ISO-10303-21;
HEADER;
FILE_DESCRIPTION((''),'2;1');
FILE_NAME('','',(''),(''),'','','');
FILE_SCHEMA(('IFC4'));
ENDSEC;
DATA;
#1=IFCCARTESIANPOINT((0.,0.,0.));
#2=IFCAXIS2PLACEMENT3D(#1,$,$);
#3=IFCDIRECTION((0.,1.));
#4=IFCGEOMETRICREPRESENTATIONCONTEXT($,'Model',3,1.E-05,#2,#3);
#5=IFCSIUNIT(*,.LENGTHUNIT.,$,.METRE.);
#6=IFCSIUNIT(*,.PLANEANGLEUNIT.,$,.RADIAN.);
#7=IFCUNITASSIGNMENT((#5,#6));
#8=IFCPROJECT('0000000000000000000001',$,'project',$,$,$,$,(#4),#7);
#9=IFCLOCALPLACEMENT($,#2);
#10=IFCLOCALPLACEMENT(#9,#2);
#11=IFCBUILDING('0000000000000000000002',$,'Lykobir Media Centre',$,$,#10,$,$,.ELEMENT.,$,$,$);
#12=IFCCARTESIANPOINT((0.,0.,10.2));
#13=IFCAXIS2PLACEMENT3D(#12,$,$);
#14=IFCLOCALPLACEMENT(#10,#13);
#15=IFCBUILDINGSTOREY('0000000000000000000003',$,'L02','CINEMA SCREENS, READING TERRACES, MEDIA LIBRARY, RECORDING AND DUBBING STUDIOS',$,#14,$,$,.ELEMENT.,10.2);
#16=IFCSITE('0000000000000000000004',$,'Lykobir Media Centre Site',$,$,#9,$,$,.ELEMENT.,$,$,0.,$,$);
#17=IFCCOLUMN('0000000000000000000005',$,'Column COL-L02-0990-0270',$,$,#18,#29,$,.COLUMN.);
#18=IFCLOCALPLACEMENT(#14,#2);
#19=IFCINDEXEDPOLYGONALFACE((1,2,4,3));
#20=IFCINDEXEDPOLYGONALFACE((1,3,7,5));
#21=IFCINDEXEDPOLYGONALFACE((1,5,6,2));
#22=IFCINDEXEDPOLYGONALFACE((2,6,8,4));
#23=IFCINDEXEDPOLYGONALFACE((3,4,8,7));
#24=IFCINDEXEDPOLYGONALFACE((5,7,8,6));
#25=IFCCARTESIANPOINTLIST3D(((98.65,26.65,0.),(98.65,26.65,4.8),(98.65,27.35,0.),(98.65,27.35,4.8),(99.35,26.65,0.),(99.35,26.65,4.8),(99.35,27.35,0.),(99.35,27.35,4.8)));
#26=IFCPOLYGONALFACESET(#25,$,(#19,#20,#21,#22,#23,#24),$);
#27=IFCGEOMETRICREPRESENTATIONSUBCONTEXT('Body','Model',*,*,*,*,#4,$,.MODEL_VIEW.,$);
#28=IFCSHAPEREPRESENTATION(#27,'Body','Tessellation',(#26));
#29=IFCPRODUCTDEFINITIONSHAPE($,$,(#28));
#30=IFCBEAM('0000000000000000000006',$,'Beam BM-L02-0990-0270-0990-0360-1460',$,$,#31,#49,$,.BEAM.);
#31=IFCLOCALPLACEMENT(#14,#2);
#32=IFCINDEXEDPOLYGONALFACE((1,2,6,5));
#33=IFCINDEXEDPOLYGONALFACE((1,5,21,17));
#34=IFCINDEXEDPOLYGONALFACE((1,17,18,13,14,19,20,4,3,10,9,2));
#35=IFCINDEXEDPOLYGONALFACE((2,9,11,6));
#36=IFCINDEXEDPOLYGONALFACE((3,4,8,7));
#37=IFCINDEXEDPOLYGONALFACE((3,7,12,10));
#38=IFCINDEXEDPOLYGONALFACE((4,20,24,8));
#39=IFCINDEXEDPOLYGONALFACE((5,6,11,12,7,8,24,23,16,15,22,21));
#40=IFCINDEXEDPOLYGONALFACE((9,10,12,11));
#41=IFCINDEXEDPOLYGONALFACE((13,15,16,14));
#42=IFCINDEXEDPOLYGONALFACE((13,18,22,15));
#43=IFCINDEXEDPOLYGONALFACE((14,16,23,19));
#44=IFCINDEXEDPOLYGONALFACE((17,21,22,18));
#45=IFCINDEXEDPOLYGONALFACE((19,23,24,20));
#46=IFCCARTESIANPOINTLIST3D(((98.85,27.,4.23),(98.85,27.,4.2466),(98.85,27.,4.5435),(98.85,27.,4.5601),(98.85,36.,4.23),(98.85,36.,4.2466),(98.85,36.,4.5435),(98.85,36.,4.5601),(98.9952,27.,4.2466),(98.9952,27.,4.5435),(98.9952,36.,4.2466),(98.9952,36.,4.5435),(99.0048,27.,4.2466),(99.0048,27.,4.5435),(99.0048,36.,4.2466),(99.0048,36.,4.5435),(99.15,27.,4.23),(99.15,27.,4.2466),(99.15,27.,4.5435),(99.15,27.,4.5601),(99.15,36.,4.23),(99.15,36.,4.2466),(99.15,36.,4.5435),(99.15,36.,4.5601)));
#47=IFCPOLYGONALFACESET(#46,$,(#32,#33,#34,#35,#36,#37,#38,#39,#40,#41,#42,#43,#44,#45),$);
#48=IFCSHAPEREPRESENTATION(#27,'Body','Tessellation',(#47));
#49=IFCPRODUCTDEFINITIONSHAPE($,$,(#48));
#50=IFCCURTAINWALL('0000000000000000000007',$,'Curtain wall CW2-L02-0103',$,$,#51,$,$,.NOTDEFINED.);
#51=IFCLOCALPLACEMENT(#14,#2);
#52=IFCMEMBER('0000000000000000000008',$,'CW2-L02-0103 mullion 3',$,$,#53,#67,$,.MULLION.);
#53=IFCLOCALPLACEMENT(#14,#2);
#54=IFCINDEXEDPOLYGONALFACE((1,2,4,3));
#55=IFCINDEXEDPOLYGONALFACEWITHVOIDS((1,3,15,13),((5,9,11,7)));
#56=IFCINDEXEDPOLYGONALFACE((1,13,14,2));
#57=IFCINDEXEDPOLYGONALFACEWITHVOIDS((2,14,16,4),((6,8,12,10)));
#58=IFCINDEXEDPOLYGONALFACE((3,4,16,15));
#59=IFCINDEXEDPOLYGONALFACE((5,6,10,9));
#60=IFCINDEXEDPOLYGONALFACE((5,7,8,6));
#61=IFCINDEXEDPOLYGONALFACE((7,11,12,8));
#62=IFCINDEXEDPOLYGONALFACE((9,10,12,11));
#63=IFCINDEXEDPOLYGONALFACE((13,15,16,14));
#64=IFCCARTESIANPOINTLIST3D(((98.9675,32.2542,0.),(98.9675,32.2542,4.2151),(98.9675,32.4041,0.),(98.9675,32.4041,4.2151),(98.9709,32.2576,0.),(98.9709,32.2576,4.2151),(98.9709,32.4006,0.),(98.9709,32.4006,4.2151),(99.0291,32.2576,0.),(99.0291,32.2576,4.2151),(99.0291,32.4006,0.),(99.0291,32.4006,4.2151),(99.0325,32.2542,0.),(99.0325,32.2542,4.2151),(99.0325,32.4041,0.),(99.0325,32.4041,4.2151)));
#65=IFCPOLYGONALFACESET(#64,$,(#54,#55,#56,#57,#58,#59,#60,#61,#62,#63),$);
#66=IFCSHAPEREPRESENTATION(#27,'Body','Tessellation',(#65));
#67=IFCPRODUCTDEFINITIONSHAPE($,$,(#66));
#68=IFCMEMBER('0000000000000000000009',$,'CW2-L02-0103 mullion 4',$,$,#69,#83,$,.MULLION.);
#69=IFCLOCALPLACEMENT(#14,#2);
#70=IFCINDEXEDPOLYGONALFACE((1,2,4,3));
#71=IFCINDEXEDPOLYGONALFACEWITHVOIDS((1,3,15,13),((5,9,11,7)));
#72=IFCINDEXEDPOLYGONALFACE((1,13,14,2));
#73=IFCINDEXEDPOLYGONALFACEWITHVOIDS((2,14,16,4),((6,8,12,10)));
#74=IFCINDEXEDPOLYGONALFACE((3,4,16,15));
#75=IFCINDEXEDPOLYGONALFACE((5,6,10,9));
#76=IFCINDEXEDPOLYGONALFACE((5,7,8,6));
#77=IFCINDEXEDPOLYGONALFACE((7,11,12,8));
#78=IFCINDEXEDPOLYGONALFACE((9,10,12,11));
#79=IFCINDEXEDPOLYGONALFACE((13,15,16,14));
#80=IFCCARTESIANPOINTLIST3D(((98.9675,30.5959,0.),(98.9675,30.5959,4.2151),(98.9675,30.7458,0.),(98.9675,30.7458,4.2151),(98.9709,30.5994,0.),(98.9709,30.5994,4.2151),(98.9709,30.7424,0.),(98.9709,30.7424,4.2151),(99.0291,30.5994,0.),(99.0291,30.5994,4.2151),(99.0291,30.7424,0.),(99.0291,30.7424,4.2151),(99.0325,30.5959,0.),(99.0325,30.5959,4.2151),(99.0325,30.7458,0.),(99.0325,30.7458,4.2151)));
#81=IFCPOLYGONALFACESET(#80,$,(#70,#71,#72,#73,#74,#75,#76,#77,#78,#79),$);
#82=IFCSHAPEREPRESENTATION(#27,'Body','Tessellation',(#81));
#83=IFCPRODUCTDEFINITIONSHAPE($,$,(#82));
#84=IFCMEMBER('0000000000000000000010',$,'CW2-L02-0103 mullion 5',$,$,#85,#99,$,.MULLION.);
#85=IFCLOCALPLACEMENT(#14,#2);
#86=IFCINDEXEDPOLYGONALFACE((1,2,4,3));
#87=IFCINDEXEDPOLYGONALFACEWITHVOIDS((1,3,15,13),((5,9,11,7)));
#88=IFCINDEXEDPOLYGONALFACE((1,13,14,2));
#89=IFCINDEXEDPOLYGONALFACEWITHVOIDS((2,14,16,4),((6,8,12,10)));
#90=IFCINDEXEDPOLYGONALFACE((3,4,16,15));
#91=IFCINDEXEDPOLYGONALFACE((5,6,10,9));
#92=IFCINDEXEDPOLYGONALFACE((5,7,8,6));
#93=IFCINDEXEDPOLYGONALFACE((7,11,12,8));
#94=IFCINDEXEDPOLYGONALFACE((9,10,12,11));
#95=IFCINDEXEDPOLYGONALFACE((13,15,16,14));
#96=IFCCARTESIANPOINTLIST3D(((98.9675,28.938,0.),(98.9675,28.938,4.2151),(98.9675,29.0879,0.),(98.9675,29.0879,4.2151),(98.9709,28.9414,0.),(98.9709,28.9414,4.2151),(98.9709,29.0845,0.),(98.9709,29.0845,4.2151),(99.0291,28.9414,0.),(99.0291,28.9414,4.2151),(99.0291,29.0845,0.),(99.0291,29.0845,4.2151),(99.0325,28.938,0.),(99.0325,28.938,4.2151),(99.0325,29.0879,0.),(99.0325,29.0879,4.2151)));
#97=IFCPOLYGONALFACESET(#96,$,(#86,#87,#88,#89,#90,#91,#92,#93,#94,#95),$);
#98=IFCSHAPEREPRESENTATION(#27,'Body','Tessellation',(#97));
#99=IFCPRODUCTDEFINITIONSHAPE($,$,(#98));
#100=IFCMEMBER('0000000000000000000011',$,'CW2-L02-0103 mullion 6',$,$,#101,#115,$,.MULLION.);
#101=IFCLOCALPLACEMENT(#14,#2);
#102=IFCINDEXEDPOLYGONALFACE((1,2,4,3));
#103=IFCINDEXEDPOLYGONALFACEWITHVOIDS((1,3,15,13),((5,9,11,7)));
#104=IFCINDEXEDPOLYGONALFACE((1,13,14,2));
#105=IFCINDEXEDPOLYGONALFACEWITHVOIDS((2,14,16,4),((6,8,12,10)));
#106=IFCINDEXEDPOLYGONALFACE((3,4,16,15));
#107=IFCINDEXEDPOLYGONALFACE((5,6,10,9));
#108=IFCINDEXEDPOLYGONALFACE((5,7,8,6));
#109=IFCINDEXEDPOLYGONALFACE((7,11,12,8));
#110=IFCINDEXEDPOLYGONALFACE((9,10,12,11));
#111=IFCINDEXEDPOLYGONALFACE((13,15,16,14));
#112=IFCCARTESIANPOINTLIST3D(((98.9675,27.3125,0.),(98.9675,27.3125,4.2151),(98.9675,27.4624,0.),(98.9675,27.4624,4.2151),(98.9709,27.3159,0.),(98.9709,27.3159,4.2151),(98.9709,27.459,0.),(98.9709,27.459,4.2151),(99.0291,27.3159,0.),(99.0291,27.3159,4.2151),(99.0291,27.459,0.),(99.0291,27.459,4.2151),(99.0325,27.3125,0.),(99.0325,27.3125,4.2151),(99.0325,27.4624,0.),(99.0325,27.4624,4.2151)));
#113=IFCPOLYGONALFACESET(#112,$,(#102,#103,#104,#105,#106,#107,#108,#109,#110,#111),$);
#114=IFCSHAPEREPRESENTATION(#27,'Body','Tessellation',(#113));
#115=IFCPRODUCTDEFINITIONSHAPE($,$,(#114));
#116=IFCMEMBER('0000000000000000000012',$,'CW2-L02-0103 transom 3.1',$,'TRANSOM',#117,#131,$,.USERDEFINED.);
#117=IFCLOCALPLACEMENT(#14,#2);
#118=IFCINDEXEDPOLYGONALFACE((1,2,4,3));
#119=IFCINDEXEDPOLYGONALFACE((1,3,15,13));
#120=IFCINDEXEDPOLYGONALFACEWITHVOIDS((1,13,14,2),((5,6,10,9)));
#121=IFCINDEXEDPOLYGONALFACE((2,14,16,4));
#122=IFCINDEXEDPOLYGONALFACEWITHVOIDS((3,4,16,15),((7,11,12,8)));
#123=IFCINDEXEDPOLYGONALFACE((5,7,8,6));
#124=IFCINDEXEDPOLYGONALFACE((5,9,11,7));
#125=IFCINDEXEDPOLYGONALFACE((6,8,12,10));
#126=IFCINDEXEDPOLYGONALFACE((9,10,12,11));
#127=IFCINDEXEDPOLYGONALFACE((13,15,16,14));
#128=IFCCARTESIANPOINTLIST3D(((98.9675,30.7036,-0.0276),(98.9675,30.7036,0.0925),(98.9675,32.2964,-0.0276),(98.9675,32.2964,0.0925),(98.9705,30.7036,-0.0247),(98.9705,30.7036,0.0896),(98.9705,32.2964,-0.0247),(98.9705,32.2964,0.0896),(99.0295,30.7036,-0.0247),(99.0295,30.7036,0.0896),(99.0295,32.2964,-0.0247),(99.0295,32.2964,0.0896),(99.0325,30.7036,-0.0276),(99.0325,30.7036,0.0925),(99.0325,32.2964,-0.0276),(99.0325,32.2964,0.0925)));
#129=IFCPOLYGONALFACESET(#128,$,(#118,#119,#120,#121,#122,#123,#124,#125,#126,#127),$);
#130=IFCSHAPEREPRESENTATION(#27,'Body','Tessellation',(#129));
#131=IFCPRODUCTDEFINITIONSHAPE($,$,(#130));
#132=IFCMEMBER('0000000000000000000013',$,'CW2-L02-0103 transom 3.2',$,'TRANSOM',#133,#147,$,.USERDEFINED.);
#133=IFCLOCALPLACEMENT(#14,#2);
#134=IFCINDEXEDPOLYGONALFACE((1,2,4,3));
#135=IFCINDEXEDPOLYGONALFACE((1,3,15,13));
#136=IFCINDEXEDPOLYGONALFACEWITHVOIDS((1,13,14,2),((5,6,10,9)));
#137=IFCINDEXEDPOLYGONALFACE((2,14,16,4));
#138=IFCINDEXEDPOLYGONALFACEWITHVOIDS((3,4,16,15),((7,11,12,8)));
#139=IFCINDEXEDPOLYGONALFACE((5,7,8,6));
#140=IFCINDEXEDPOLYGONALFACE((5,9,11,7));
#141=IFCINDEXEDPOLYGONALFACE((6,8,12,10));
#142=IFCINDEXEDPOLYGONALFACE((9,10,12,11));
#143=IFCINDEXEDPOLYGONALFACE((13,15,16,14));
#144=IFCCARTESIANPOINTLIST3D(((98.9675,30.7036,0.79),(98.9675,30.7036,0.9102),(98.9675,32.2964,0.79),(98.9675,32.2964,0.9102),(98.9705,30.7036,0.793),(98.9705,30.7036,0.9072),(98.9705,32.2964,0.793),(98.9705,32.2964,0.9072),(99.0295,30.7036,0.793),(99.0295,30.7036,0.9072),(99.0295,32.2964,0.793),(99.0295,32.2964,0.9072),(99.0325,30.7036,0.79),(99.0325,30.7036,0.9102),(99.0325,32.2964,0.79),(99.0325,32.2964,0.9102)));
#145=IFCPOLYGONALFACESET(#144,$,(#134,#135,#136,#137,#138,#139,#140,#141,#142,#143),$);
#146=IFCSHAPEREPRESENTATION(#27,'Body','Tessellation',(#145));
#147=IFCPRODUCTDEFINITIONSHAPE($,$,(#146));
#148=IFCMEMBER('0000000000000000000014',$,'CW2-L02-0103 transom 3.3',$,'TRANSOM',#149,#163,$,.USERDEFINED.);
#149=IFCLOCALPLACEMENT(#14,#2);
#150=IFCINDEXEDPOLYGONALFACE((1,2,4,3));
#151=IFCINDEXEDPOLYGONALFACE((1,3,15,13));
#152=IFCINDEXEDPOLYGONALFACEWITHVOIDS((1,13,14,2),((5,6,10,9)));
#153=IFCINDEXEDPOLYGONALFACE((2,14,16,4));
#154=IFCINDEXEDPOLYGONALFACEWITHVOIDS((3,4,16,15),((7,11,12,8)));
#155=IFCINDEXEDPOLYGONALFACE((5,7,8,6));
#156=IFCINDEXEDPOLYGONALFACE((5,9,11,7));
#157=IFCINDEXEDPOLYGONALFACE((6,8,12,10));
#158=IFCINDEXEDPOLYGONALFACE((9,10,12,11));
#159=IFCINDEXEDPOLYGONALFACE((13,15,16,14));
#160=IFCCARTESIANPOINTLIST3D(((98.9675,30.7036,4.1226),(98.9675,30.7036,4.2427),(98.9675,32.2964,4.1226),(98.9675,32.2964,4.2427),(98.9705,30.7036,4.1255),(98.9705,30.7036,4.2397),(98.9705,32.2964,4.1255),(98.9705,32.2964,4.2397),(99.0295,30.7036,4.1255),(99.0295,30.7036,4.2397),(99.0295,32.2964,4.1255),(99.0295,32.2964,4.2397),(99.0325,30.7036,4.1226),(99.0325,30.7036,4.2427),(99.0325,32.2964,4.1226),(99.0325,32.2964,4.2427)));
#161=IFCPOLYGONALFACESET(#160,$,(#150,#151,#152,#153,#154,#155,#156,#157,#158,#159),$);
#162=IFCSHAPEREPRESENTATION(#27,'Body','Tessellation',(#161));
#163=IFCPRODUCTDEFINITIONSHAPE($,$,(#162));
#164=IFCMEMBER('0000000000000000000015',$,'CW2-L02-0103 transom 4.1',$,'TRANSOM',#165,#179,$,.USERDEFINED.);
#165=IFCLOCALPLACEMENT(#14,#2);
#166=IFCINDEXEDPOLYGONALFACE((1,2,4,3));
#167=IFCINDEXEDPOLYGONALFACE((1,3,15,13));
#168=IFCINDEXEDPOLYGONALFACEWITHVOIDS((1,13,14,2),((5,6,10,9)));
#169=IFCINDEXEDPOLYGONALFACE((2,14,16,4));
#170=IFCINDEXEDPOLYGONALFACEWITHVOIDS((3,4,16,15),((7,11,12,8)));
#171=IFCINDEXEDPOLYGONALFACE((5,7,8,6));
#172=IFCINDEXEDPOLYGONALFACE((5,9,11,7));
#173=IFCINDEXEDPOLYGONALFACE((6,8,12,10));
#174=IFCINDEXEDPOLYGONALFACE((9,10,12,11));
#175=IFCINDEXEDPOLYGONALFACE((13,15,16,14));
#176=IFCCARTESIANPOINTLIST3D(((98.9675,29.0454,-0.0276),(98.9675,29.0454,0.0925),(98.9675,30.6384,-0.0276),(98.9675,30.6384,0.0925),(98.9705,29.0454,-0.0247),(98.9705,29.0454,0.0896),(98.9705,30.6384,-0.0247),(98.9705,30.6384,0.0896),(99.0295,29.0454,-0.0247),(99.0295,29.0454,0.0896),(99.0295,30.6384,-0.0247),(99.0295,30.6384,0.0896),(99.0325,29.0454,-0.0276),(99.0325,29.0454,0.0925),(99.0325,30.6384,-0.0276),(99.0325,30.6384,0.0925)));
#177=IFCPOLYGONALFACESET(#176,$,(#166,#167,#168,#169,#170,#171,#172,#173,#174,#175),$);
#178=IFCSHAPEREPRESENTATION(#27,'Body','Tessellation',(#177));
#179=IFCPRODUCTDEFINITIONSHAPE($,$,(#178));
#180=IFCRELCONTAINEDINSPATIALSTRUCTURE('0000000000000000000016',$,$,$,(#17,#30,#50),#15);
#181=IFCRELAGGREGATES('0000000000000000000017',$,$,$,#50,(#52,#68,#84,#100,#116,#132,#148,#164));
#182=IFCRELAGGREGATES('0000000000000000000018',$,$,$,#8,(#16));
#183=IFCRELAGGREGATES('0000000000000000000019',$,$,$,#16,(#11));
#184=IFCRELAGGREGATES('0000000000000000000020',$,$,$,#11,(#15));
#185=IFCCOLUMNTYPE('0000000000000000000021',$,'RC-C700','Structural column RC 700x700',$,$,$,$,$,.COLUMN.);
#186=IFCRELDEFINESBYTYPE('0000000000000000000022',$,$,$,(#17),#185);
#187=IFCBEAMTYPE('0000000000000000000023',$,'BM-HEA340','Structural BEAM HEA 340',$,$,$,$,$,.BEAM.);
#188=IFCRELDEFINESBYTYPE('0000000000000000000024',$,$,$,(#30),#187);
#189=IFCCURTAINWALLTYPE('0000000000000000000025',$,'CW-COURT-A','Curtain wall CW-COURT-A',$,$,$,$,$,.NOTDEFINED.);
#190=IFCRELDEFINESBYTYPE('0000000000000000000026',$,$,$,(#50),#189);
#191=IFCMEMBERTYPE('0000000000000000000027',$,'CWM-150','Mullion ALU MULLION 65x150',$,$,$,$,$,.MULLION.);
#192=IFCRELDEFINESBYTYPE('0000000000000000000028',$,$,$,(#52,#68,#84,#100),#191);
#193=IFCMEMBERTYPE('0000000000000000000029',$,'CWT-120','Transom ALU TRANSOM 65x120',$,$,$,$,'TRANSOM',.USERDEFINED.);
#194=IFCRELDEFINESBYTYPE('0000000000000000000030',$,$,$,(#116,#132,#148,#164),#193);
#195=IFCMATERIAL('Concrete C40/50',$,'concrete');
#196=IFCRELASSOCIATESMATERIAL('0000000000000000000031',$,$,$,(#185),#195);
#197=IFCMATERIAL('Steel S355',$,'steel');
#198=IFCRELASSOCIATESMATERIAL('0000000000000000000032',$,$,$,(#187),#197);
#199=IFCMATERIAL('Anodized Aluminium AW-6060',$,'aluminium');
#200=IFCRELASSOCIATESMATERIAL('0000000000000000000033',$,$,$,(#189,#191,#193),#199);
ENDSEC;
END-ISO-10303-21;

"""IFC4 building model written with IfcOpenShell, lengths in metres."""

from ifc_helpers import new_model, si_unit, direction, frame, origin, origin_2d, place, context, subcontext, project, spatial, rectangle, hollow_rectangle, i_section, extrude, material, material_profile, profile_set, type_object, element, aggregate, save


model = new_model("IFC4")

# Units and contexts
model_context = context("Model", 3, precision=1e-05, world=origin(), true_north=direction((0.0, 1.0)))
body_context = subcontext(model_context, "Body", "Model", "MODEL_VIEW")
ifc_project = project(units=[si_unit("LENGTHUNIT", "METRE"), si_unit("PLANEANGLEUNIT", "RADIAN")], contexts=[model_context])

# Site, building, storey
site_placement = place(None, origin())
site = spatial("IfcSite", under=ifc_project, at=site_placement, Name="Lykobir Media Centre Site", CompositionType="ELEMENT", RefElevation=0.0)
building_placement = place(site_placement, origin())
building = spatial("IfcBuilding", under=site, at=building_placement, Name="Lykobir Media Centre", CompositionType="ELEMENT")
storey_placement = place(building_placement, frame((0.0, 0.0, 10.2)))
storey = spatial("IfcBuildingStorey", under=building, at=storey_placement, Name="L02", Description="CINEMA SCREENS, READING TERRACES, MEDIA LIBRARY, RECORDING AND DUBBING STUDIOS", CompositionType="ELEMENT", Elevation=10.2)

# Column
ifc_material_1 = material(Name="Concrete C40/50", Category="concrete")
ifc_material_profile_1 = material_profile(ifc_material_1, rectangle(XDim=0.7, YDim=0.7, at=origin_2d()), Name="RC 700x700")
ifc_profile_set_1 = profile_set([ifc_material_profile_1], Name="Concrete C40/50")
column_type = type_object("IfcColumnType", Name="RC-C700", Description="Structural column RC 700x700", PredefinedType="COLUMN", material=ifc_profile_set_1)
column_placement = place(storey_placement, frame((99.0, 27.0, 0.0), z_axis=(0.0, 0.0, 1.0), x_axis=(1.0, 0.0, 0.0)))
element("IfcColumn", 1, at=column_placement, inside=storey, type_object=column_type, Name="Column COL-L02-0990-0270", PredefinedType="COLUMN", context=body_context, shape_type="SweptSolid", body=[
    extrude(rectangle(XDim=0.7, YDim=0.7, at=origin_2d()), origin(), (0.0, 0.0, 1.0), 4.8),
])

# Beam
ifc_material_2 = material(Name="Steel S355", Category="steel")
ifc_material_profile_2 = material_profile(ifc_material_2, i_section(OverallWidth=0.3, OverallDepth=0.3301, WebThickness=0.0095, FlangeThickness=0.0166, at=origin_2d()), Name="HEA 340")
ifc_profile_set_2 = profile_set([ifc_material_profile_2], Name="Steel S355")
beam_type = type_object("IfcBeamType", Name="BM-HEA340", Description="Structural BEAM HEA 340", PredefinedType="BEAM", material=ifc_profile_set_2)
beam_placement = place(storey_placement, frame((99.0, 27.0, 4.395), z_axis=(0.0, 1.0, 0.0), x_axis=(-1.0, 0.0, 0.0)))
element("IfcBeam", 2, at=beam_placement, inside=storey, type_object=beam_type, Name="Beam BM-L02-0990-0270-0990-0360-1460", PredefinedType="BEAM", context=body_context, shape_type="SweptSolid", body=[
    extrude(i_section(OverallWidth=0.3, OverallDepth=0.3301, WebThickness=0.0095, FlangeThickness=0.0166, at=origin_2d()), origin(), (0.0, 0.0, 1.0), 9.0),
])

# Curtain wall, members
ifc_material_3 = material(Name="Anodized Aluminium AW-6060", Category="aluminium")
curtain_wall_type = type_object("IfcCurtainWallType", Name="CW-COURT-A", Description="Curtain wall CW-COURT-A", PredefinedType="NOTDEFINED", material=ifc_material_3)
curtain_wall_placement = place(storey_placement, origin())
curtain_wall = element("IfcCurtainWall", 3, at=curtain_wall_placement, inside=storey, type_object=curtain_wall_type, Name="Curtain wall CW2-L02-0103", PredefinedType="NOTDEFINED")
ifc_material_profile_3 = material_profile(ifc_material_3, hollow_rectangle(XDim=0.0649, YDim=0.1499, WallThickness=0.0034, at=origin_2d()), Name="ALU MULLION 65x150")
ifc_profile_set_3 = profile_set([ifc_material_profile_3], Name="Anodized Aluminium AW-6060")
member_type_1 = type_object("IfcMemberType", Name="CWM-150", Description="Mullion ALU MULLION 65x150", PredefinedType="MULLION", material=ifc_profile_set_3)
member_1_placement = place(storey_placement, frame((99.0, 32.3291, 0.0), z_axis=(0.0, 0.0, 1.0), x_axis=(1.0, 0.0, 0.0)))
member_1 = element("IfcMember", 4, at=member_1_placement, type_object=member_type_1, Name="CW2-L02-0103 mullion 3", PredefinedType="MULLION", context=body_context, shape_type="SweptSolid", body=[
    extrude(hollow_rectangle(XDim=0.0649, YDim=0.1499, WallThickness=0.0034, at=origin_2d()), origin(), (0.0, 0.0, 1.0), 4.2151),
])
member_2_placement = place(storey_placement, frame((99.0, 30.6709, 0.0), z_axis=(0.0, 0.0, 1.0), x_axis=(1.0, 0.0, 0.0)))
member_2 = element("IfcMember", 5, at=member_2_placement, type_object=member_type_1, Name="CW2-L02-0103 mullion 4", PredefinedType="MULLION", context=body_context, shape_type="SweptSolid", body=[
    extrude(hollow_rectangle(XDim=0.0649, YDim=0.1499, WallThickness=0.0034, at=origin_2d()), origin(), (0.0, 0.0, 1.0), 4.2151),
])
member_3_placement = place(storey_placement, frame((99.0, 29.0129, 0.0), z_axis=(0.0, 0.0, 1.0), x_axis=(1.0, 0.0, 0.0)))
member_3 = element("IfcMember", 6, at=member_3_placement, type_object=member_type_1, Name="CW2-L02-0103 mullion 5", PredefinedType="MULLION", context=body_context, shape_type="SweptSolid", body=[
    extrude(hollow_rectangle(XDim=0.0649, YDim=0.1499, WallThickness=0.0034, at=origin_2d()), origin(), (0.0, 0.0, 1.0), 4.2151),
])
member_4_placement = place(storey_placement, frame((99.0, 27.3875, 0.0), z_axis=(0.0, 0.0, 1.0), x_axis=(1.0, 0.0, 0.0)))
member_4 = element("IfcMember", 7, at=member_4_placement, type_object=member_type_1, Name="CW2-L02-0103 mullion 6", PredefinedType="MULLION", context=body_context, shape_type="SweptSolid", body=[
    extrude(hollow_rectangle(XDim=0.0649, YDim=0.1499, WallThickness=0.0034, at=origin_2d()), origin(), (0.0, 0.0, 1.0), 4.2151),
])
ifc_material_profile_4 = material_profile(ifc_material_3, hollow_rectangle(XDim=0.0649, YDim=0.1201, WallThickness=0.0029, at=origin_2d()), Name="ALU TRANSOM 65x120")
ifc_profile_set_4 = profile_set([ifc_material_profile_4], Name="Anodized Aluminium AW-6060")
member_type_2 = type_object("IfcMemberType", Name="CWT-120", Description="Transom ALU TRANSOM 65x120", ElementType="TRANSOM", PredefinedType="USERDEFINED", material=ifc_profile_set_4)
member_5_placement = place(storey_placement, frame((99.0, 32.2964, 0.0325), z_axis=(0.0, -1.0, 0.0), x_axis=(1.0, 0.0, 0.0)))
member_5 = element("IfcMember", 8, at=member_5_placement, type_object=member_type_2, Name="CW2-L02-0103 transom 3.1", ObjectType="TRANSOM", PredefinedType="USERDEFINED", context=body_context, shape_type="SweptSolid", body=[
    extrude(hollow_rectangle(XDim=0.0649, YDim=0.1201, WallThickness=0.0029, at=origin_2d()), origin(), (0.0, 0.0, 1.0), 1.5928),
])
member_6_placement = place(storey_placement, frame((99.0, 32.2964, 0.8501), z_axis=(0.0, -1.0, 0.0), x_axis=(1.0, 0.0, 0.0)))
member_6 = element("IfcMember", 9, at=member_6_placement, type_object=member_type_2, Name="CW2-L02-0103 transom 3.2", ObjectType="TRANSOM", PredefinedType="USERDEFINED", context=body_context, shape_type="SweptSolid", body=[
    extrude(hollow_rectangle(XDim=0.0649, YDim=0.1201, WallThickness=0.0029, at=origin_2d()), origin(), (0.0, 0.0, 1.0), 1.5928),
])
member_7_placement = place(storey_placement, frame((99.0, 32.2964, 4.1826), z_axis=(0.0, -1.0, 0.0), x_axis=(1.0, 0.0, 0.0)))
member_7 = element("IfcMember", 10, at=member_7_placement, type_object=member_type_2, Name="CW2-L02-0103 transom 3.3", ObjectType="TRANSOM", PredefinedType="USERDEFINED", context=body_context, shape_type="SweptSolid", body=[
    extrude(hollow_rectangle(XDim=0.0649, YDim=0.1201, WallThickness=0.0029, at=origin_2d()), origin(), (0.0, 0.0, 1.0), 1.5928),
])
member_8_placement = place(storey_placement, frame((99.0, 30.6384, 0.0325), z_axis=(0.0, -1.0, 0.0), x_axis=(1.0, 0.0, 0.0)))
member_8 = element("IfcMember", 11, at=member_8_placement, type_object=member_type_2, Name="CW2-L02-0103 transom 4.1", ObjectType="TRANSOM", PredefinedType="USERDEFINED", context=body_context, shape_type="SweptSolid", body=[
    extrude(hollow_rectangle(XDim=0.0649, YDim=0.1201, WallThickness=0.0029, at=origin_2d()), origin(), (0.0, 0.0, 1.0), 1.593),
])
aggregate(curtain_wall, [member_1, member_2, member_3, member_4, member_5, member_6, member_7, member_8])

save(model, "model.ifc")
